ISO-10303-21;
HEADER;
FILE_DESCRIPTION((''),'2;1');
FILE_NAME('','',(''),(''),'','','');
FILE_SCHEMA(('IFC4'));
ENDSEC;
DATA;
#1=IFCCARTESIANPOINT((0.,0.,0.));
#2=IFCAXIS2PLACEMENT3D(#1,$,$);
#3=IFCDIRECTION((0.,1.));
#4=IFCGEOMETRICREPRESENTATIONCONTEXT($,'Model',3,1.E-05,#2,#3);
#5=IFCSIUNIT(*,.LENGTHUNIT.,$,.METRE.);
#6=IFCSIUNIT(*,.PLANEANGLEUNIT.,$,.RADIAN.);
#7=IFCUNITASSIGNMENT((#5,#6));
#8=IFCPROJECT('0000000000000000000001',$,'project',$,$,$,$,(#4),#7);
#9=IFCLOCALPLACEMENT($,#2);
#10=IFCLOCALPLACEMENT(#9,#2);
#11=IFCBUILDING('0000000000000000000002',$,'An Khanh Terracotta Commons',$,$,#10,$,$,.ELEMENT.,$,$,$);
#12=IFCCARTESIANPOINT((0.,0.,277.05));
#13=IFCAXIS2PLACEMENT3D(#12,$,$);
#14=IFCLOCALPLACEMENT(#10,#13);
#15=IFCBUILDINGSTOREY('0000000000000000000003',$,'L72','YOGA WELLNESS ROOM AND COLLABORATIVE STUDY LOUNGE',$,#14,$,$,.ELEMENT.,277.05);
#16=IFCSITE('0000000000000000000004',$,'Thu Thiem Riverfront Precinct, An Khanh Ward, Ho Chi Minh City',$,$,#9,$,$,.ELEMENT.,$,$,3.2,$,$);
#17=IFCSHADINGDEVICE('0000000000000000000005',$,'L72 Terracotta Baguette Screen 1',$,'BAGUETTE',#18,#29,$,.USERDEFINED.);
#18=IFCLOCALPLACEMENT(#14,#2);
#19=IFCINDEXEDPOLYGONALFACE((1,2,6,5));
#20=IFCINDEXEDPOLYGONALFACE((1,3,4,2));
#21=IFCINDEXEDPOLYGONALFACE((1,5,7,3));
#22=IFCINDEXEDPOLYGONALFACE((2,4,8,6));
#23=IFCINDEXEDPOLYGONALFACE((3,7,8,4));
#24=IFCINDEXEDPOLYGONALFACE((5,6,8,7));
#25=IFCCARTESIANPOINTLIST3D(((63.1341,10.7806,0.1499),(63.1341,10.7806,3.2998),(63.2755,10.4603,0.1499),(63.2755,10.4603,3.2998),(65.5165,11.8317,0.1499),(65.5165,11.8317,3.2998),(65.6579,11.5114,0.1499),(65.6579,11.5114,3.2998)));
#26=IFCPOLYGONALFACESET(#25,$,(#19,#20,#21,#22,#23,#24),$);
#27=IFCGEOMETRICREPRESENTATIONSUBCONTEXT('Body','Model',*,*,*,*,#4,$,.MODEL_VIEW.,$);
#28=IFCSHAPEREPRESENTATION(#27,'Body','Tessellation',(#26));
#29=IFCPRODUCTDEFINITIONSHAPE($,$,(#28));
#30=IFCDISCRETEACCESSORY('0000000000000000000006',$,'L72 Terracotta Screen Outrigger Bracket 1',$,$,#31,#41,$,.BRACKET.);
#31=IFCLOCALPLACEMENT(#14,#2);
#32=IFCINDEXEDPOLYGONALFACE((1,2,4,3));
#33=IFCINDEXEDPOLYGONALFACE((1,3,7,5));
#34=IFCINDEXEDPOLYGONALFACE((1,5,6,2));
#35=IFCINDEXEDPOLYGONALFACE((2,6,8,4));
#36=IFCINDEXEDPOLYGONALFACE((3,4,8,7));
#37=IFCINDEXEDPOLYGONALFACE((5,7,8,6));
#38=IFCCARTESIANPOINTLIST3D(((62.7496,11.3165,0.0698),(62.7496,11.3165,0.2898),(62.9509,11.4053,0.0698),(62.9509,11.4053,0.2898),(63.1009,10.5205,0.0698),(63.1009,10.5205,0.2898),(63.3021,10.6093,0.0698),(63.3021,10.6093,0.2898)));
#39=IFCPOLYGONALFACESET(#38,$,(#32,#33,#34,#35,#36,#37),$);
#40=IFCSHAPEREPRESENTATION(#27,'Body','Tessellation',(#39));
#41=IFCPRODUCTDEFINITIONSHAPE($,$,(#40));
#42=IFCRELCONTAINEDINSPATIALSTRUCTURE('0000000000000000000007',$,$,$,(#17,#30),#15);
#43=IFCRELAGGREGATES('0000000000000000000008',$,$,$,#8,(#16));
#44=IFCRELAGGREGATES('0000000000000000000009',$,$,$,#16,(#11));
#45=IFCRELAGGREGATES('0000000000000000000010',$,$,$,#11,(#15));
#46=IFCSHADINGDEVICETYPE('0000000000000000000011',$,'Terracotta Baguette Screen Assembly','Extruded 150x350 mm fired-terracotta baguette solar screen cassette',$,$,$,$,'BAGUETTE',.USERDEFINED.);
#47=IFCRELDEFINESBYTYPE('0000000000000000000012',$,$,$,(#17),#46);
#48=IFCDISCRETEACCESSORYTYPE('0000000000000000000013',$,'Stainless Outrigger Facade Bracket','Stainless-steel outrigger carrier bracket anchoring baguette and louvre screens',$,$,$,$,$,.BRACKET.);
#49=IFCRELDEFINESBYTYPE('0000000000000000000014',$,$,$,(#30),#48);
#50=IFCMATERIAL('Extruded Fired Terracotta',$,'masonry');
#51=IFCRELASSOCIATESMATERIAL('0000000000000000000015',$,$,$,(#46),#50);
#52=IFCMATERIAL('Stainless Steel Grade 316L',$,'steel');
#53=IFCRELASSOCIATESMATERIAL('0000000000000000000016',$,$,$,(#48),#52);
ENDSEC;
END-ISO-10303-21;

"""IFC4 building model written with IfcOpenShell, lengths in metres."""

from ifc_helpers import new_model, si_unit, direction, frame, origin, origin_2d, place, context, subcontext, project, spatial, rectangle, extrude, material, type_object, element, save


model = new_model("IFC4")

# Units and contexts
model_context = context("Model", 3, precision=1e-05, world=origin(), true_north=direction((0.0, 1.0)))
body_context = subcontext(model_context, "Body", "Model", "MODEL_VIEW")
ifc_project = project(units=[si_unit("LENGTHUNIT", "METRE"), si_unit("PLANEANGLEUNIT", "RADIAN")], contexts=[model_context])

# Site, building, storey
site_placement = place(None, origin())
site = spatial("IfcSite", under=ifc_project, at=site_placement, Name="Thu Thiem Riverfront Precinct, An Khanh Ward, Ho Chi Minh City", CompositionType="ELEMENT", RefElevation=3.2)
building_placement = place(site_placement, origin())
building = spatial("IfcBuilding", under=site, at=building_placement, Name="An Khanh Terracotta Commons", CompositionType="ELEMENT")
storey_placement = place(building_placement, frame((0.0, 0.0, 277.05)))
storey = spatial("IfcBuildingStorey", under=building, at=storey_placement, Name="L72", Description="YOGA WELLNESS ROOM AND COLLABORATIVE STUDY LOUNGE", CompositionType="ELEMENT", Elevation=277.05)

# Shading device
ifc_material_1 = material(Name="Extruded Fired Terracotta", Category="masonry")
shading_device_type = type_object("IfcShadingDeviceType", Name="Terracotta Baguette Screen Assembly", Description="Extruded 150x350 mm fired-terracotta baguette solar screen cassette", ElementType="BAGUETTE", PredefinedType="USERDEFINED", material=ifc_material_1)
shading_device_placement = place(storey_placement, frame((64.396, 11.146, 0.1499), z_axis=(0.0, 0.0, 1.0), x_axis=(0.914902, 0.403676, 0.0)))
element("IfcShadingDevice", 1, at=shading_device_placement, inside=storey, type_object=shading_device_type, Name="L72 Terracotta Baguette Screen 1", ObjectType="BAGUETTE", PredefinedType="USERDEFINED", context=body_context, shape_type="SweptSolid", body=[
    extrude(rectangle(XDim=2.604, YDim=0.3501, at=origin_2d()), origin(), (0.0, 0.0, 1.0), 3.1499),
])

# Discrete accessory
ifc_material_2 = material(Name="Stainless Steel Grade 316L", Category="steel")
discrete_accessory_type = type_object("IfcDiscreteAccessoryType", Name="Stainless Outrigger Facade Bracket", Description="Stainless-steel outrigger carrier bracket anchoring baguette and louvre screens", PredefinedType="BRACKET", material=ifc_material_2)
discrete_accessory_placement = place(storey_placement, frame((63.0259, 10.9629, 0.0698), z_axis=(0.0, 0.0, 1.0), x_axis=(0.914902, 0.403676, 0.0)))
element("IfcDiscreteAccessory", 2, at=discrete_accessory_placement, inside=storey, type_object=discrete_accessory_type, Name="L72 Terracotta Screen Outrigger Bracket 1", PredefinedType="BRACKET", context=body_context, shape_type="SweptSolid", body=[
    extrude(rectangle(XDim=0.22, YDim=0.8701, at=origin_2d()), origin(), (0.0, 0.0, 1.0), 0.22),
])

save(model, "model.ifc")
